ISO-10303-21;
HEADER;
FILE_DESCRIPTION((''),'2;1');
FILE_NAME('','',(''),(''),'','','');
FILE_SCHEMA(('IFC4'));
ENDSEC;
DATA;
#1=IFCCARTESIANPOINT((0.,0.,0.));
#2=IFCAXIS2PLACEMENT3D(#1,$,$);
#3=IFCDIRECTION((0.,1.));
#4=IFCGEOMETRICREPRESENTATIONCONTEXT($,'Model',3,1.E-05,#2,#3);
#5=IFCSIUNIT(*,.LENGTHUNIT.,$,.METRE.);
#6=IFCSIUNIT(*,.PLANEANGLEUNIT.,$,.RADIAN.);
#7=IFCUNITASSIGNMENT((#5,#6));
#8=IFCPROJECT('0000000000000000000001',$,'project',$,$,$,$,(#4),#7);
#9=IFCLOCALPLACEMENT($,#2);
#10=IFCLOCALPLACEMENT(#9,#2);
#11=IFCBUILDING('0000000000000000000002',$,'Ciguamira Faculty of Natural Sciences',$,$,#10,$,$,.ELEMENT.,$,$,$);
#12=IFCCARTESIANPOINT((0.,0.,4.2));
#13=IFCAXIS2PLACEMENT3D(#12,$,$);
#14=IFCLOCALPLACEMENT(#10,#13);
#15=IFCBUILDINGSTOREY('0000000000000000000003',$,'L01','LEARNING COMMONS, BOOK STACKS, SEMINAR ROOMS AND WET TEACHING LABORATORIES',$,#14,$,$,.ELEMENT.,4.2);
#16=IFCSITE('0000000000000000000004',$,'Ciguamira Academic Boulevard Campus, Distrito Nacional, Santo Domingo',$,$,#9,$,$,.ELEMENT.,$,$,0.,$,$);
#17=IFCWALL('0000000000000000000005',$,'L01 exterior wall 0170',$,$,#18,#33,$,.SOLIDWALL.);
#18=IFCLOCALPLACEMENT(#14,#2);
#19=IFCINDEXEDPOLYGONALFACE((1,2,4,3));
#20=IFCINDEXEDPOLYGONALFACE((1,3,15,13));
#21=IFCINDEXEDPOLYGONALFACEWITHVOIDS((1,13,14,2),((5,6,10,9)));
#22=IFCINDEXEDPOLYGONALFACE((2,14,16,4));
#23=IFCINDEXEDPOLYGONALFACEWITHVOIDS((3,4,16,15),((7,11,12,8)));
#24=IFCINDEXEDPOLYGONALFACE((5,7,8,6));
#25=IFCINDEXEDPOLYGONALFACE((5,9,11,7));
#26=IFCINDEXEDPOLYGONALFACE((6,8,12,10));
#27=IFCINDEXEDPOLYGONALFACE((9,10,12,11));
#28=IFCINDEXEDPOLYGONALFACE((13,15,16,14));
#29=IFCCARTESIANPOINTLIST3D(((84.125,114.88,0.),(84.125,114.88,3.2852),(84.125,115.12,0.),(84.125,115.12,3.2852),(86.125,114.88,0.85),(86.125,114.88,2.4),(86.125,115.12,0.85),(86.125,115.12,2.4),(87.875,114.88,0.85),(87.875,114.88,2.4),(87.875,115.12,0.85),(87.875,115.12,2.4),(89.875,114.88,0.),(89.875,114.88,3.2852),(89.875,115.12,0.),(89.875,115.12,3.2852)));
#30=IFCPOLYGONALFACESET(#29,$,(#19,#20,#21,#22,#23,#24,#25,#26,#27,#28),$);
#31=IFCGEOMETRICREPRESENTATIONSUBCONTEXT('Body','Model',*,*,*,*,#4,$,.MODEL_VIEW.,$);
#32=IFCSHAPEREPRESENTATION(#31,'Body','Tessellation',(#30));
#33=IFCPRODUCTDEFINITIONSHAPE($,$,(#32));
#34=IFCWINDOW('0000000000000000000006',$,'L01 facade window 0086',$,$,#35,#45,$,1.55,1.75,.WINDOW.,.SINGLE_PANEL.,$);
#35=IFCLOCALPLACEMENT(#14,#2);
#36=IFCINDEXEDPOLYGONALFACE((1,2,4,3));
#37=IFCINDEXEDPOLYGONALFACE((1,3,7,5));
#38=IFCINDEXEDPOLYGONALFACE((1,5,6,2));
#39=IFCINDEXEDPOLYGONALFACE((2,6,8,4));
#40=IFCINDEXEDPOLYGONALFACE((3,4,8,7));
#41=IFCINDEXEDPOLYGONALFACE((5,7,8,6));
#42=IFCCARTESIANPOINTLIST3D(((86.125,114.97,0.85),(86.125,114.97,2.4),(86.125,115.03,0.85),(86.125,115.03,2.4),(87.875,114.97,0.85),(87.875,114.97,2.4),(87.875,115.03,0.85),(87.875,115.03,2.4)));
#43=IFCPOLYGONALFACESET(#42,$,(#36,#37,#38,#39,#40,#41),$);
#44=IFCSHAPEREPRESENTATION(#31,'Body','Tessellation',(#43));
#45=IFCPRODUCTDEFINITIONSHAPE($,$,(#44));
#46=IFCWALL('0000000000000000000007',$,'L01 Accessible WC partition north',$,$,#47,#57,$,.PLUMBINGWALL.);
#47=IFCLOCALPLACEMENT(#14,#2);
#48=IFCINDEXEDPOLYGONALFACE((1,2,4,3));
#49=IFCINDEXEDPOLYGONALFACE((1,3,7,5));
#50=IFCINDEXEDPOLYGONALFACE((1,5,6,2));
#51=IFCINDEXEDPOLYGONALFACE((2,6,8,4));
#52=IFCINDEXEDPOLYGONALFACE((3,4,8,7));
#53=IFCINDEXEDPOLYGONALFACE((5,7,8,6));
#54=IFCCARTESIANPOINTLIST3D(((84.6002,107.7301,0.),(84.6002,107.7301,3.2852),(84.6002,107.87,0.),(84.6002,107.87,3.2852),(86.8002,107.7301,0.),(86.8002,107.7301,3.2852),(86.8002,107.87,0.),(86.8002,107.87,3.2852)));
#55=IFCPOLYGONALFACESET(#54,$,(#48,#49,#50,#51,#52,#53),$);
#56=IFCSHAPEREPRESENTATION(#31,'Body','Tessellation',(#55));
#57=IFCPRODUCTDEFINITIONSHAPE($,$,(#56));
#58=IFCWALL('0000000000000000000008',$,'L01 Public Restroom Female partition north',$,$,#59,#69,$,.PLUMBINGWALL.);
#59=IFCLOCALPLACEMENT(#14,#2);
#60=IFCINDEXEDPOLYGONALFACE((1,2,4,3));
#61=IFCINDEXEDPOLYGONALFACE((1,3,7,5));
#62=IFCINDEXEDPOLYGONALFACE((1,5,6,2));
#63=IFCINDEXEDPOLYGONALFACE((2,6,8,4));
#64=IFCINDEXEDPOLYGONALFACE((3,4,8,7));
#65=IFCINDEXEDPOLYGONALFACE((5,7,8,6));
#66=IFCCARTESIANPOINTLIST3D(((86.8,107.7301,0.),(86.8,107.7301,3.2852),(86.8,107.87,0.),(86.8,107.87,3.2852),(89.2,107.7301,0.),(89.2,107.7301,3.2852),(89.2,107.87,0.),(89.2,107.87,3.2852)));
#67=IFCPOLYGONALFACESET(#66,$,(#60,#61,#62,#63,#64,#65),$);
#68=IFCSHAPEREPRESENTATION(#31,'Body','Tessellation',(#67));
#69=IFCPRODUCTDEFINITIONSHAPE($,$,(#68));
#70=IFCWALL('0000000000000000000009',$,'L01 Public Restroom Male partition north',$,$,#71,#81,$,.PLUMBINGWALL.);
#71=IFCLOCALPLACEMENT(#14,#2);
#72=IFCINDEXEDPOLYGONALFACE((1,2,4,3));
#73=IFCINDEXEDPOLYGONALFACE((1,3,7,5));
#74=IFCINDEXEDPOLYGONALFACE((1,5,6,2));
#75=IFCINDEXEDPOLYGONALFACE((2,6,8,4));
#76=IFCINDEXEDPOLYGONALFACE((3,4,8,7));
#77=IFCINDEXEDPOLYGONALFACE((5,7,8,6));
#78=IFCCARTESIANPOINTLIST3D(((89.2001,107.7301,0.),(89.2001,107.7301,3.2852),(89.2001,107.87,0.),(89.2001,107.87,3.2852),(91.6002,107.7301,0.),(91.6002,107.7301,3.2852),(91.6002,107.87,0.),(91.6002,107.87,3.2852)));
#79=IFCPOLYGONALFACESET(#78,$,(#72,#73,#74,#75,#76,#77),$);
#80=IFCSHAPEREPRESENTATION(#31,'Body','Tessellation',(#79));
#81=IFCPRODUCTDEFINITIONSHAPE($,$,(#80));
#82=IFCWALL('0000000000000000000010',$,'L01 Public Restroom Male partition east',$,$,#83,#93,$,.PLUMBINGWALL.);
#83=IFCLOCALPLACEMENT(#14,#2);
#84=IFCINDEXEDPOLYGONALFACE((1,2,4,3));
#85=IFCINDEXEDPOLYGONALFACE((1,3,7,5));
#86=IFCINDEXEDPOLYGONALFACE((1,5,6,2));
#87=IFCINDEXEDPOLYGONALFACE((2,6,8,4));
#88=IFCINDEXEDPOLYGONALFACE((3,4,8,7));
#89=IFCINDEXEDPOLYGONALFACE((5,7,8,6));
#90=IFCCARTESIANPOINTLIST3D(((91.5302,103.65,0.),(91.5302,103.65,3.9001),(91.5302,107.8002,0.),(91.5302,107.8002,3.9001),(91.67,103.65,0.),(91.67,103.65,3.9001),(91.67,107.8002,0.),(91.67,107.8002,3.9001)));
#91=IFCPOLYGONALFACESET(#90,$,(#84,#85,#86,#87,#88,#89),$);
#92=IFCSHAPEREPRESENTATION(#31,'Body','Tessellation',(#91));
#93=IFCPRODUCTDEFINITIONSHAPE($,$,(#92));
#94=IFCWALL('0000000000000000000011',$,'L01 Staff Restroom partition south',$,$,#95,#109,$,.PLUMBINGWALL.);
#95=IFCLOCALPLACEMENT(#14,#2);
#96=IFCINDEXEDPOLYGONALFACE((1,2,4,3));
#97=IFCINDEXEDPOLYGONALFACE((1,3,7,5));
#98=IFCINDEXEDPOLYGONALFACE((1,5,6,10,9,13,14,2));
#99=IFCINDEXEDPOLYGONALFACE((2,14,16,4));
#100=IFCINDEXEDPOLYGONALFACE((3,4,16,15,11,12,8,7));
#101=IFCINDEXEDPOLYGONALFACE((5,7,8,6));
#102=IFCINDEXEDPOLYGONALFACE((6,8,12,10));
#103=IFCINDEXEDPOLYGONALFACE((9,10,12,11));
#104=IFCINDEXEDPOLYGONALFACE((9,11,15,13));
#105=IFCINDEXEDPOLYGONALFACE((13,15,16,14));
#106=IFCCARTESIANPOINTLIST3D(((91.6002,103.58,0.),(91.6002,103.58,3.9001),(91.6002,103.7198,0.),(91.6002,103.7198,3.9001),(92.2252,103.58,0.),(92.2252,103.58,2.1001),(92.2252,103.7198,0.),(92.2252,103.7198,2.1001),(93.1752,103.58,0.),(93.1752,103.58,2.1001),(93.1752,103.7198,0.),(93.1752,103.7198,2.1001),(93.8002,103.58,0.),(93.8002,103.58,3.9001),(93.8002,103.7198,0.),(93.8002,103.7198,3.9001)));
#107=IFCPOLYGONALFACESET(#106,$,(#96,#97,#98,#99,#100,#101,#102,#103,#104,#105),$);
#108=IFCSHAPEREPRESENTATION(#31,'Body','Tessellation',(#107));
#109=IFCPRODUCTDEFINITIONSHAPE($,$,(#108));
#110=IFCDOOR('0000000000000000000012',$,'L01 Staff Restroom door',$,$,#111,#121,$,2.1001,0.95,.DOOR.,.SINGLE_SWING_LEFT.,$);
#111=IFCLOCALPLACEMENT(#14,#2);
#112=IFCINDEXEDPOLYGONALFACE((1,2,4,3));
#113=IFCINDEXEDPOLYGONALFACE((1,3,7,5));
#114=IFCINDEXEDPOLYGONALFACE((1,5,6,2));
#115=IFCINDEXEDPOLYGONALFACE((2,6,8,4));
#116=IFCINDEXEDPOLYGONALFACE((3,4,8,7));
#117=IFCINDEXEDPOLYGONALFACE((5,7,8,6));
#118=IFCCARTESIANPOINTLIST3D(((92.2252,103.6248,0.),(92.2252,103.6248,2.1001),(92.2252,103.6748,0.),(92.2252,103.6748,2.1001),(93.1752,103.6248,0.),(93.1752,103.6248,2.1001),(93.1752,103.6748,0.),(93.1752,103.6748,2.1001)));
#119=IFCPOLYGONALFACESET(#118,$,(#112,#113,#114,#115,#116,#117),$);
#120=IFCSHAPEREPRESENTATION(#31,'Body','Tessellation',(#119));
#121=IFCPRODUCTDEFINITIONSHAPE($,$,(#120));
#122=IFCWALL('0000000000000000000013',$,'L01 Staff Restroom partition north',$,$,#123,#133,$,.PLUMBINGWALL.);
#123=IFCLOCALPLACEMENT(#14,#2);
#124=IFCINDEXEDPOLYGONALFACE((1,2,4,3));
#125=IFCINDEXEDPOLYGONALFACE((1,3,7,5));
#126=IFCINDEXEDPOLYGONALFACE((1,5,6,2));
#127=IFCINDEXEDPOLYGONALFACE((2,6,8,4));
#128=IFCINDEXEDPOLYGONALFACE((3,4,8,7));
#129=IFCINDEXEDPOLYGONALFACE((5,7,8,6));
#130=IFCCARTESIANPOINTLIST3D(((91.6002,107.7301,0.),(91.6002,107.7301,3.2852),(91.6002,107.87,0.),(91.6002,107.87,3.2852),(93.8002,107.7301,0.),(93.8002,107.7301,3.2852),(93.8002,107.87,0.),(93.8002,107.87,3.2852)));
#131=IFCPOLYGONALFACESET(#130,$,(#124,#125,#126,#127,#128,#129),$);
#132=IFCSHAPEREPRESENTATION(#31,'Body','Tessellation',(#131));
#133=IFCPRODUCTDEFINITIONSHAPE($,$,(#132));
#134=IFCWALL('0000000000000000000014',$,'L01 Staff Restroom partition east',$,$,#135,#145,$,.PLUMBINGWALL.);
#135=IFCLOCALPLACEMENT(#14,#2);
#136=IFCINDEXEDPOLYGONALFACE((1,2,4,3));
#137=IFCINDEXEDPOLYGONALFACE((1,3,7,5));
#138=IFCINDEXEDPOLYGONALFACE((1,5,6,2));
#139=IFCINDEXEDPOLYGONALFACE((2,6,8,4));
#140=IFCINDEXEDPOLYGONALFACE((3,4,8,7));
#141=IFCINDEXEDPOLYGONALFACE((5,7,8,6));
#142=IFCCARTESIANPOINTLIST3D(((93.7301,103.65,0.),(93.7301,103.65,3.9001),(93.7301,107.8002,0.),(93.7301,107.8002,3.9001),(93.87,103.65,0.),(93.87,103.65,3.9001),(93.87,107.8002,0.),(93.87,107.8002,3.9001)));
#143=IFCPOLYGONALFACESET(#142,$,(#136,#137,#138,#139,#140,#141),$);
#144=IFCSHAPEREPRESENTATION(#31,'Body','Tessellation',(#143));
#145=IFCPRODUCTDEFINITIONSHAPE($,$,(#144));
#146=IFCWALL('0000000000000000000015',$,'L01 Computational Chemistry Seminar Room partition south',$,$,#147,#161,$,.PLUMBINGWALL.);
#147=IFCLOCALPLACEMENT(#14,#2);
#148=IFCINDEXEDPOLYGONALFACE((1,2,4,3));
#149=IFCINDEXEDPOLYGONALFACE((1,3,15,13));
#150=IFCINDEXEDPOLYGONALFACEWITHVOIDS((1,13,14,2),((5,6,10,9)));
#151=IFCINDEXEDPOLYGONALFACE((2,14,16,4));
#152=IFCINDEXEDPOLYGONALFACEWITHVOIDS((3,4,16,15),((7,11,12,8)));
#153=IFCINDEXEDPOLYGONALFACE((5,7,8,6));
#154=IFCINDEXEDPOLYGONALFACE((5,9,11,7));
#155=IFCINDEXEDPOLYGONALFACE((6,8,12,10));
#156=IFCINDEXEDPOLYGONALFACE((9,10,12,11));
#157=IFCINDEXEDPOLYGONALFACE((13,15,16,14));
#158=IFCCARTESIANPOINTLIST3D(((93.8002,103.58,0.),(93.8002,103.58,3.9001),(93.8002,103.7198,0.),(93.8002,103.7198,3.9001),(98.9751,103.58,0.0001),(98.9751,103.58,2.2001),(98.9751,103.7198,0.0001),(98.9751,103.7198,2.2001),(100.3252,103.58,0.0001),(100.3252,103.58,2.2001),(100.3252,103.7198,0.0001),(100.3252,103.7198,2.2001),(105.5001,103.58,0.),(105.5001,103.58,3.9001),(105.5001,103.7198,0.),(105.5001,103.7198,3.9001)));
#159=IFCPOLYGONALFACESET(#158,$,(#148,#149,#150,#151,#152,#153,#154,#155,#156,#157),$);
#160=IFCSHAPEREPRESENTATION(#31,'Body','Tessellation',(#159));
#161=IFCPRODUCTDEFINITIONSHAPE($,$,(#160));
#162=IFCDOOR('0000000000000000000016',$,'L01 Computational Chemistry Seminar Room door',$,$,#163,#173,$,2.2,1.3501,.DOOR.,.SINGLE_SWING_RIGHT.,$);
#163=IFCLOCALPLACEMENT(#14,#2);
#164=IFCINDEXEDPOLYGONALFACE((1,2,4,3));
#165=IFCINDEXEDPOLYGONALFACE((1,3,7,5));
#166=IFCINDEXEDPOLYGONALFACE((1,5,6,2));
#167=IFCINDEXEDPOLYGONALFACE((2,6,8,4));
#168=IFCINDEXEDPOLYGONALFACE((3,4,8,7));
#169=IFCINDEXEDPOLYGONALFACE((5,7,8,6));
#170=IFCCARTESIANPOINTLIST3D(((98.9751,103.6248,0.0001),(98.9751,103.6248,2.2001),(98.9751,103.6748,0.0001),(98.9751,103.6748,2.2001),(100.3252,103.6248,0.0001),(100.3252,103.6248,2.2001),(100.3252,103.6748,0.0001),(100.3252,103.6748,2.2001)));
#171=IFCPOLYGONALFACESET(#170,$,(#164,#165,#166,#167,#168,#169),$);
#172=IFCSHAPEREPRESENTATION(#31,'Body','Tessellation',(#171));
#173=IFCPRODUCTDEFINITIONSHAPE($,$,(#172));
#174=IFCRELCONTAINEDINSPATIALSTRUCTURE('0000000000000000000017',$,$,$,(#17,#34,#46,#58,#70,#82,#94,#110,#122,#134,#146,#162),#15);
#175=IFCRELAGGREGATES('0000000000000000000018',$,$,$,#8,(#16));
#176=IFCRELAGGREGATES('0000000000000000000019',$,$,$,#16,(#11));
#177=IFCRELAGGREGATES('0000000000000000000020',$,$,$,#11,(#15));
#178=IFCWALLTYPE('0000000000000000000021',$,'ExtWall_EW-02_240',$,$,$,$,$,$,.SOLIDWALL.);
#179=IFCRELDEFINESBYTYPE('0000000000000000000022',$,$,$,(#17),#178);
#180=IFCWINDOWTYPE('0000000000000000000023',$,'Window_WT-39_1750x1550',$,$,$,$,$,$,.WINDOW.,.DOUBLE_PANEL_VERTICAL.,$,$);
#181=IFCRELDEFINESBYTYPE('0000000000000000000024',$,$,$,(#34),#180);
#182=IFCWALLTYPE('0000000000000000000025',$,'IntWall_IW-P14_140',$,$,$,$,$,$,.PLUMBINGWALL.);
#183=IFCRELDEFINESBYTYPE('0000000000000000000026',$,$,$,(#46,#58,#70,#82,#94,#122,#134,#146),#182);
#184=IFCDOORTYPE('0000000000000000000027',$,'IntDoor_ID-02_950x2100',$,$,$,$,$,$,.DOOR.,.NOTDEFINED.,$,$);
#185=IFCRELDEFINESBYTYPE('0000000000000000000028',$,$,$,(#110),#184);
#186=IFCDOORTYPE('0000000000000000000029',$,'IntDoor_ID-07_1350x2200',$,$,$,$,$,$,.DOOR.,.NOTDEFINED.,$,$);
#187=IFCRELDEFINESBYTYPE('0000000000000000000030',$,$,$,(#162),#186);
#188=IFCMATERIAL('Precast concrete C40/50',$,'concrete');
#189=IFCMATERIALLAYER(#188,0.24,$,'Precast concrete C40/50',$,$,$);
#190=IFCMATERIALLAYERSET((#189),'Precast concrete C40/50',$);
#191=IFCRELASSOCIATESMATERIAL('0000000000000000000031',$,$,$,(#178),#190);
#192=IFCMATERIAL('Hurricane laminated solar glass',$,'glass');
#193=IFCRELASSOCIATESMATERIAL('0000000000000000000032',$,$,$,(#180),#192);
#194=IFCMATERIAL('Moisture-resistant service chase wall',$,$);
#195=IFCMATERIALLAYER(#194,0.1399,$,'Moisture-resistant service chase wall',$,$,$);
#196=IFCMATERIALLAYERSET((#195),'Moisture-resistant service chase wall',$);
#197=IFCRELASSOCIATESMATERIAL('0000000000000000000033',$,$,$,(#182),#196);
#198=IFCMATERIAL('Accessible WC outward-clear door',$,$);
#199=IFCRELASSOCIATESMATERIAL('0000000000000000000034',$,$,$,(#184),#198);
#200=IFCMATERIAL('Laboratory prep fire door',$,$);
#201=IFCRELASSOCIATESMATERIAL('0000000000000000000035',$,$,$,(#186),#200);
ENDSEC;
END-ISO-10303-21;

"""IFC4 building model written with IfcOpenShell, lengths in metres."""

from ifc_helpers import new_model, si_unit, direction, frame, frame_2d, origin, place, context, subcontext, project, spatial, rectangle, extrude, material, layer, layer_set, type_object, element, fill, save


model = new_model("IFC4")

# Units and contexts
model_context = context("Model", 3, precision=1e-05, world=origin(), true_north=direction((0.0, 1.0)))
body_context = subcontext(model_context, "Body", "Model", "MODEL_VIEW")
ifc_project = project(units=[si_unit("LENGTHUNIT", "METRE"), si_unit("PLANEANGLEUNIT", "RADIAN")], contexts=[model_context])

# Site, building, storey
site_placement = place(None, origin())
site = spatial("IfcSite", under=ifc_project, at=site_placement, Name="Ciguamira Academic Boulevard Campus, Distrito Nacional, Santo Domingo", CompositionType="ELEMENT", RefElevation=0.0)
building_placement = place(site_placement, origin())
building = spatial("IfcBuilding", under=site, at=building_placement, Name="Ciguamira Faculty of Natural Sciences", CompositionType="ELEMENT")
storey_placement = place(building_placement, frame((0.0, 0.0, 4.2)))
storey = spatial("IfcBuildingStorey", under=building, at=storey_placement, Name="L01", Description="LEARNING COMMONS, BOOK STACKS, SEMINAR ROOMS AND WET TEACHING LABORATORIES", CompositionType="ELEMENT", Elevation=4.2)

# Wall, opening, window
ifc_material_1 = material(Name="Precast concrete C40/50", Category="concrete")
ifc_layer_1 = layer(ifc_material_1, 0.24, Name="Precast concrete C40/50")
ifc_layer_set_1 = layer_set([ifc_layer_1], Name="Precast concrete C40/50")
wall_type_1 = type_object("IfcWallType", Name="ExtWall_EW-02_240", PredefinedType="SOLIDWALL", material=ifc_layer_set_1)
wall_1_placement = place(storey_placement, frame((84.125, 115.0, 0.0), z_axis=(0.0, 0.0, 1.0), x_axis=(1.0, 0.0, 0.0)))
wall_1 = element("IfcWall", 1, at=wall_1_placement, inside=storey, type_object=wall_type_1, Name="L01 exterior wall 0170", PredefinedType="SOLIDWALL", context=body_context, shape_type="SweptSolid", body=[
    extrude(rectangle(XDim=5.75, YDim=0.24, at=frame_2d((2.875, 0.0))), origin(), (0.0, 0.0, 1.0), 3.2852),
])
opening_1_placement = place(wall_1_placement, frame((2.0, 0.0, 0.8501)))
opening_1 = element("IfcOpeningElement", 2, at=opening_1_placement, cuts=wall_1, PredefinedType="OPENING", context=body_context, shape_type="SweptSolid", body=[
    extrude(rectangle(XDim=1.75, YDim=1.55, at=frame_2d((0.875, 0.7749))), frame((0.0, 0.1299, 0.0), z_axis=(0.0, -1.0, 0.0), x_axis=(1.0, 0.0, 0.0)), (0.0, 0.0, 1.0), 0.26),
])
ifc_material_2 = material(Name="Hurricane laminated solar glass", Category="glass")
window_type = type_object("IfcWindowType", Name="Window_WT-39_1750x1550", PartitioningType="DOUBLE_PANEL_VERTICAL", PredefinedType="WINDOW", material=ifc_material_2)
window_placement = place(opening_1_placement, origin())
window = element("IfcWindow", 3, at=window_placement, inside=storey, type_object=window_type, Name="L01 facade window 0086", OverallHeight=1.55, OverallWidth=1.75, PartitioningType="SINGLE_PANEL", PredefinedType="WINDOW", context=body_context, shape_type="SweptSolid", body=[
    extrude(rectangle(XDim=1.75, YDim=1.55, at=frame_2d((0.875, 0.7749))), frame((0.0, 0.03, 0.0), z_axis=(0.0, -1.0, 0.0), x_axis=(1.0, 0.0, 0.0)), (0.0, 0.0, 1.0), 0.0601),
])
fill(opening_1, window)

# Walls
ifc_material_3 = material(Name="Moisture-resistant service chase wall")
ifc_layer_2 = layer(ifc_material_3, 0.1399, Name="Moisture-resistant service chase wall")
ifc_layer_set_2 = layer_set([ifc_layer_2], Name="Moisture-resistant service chase wall")
wall_type_2 = type_object("IfcWallType", Name="IntWall_IW-P14_140", PredefinedType="PLUMBINGWALL", material=ifc_layer_set_2)
wall_2_placement = place(storey_placement, frame((84.6001, 107.8, 0.0), z_axis=(0.0, 0.0, 1.0), x_axis=(1.0, 0.0, 0.0)))
element("IfcWall", 4, at=wall_2_placement, inside=storey, type_object=wall_type_2, Name="L01 Accessible WC partition north", PredefinedType="PLUMBINGWALL", context=body_context, shape_type="SweptSolid", body=[
    extrude(rectangle(XDim=2.2, YDim=0.1399, at=frame_2d((1.1001, 0.0))), origin(), (0.0, 0.0, 1.0), 3.2852),
])
wall_3_placement = place(storey_placement, frame((86.8, 107.8, 0.0), z_axis=(0.0, 0.0, 1.0), x_axis=(1.0, 0.0, 0.0)))
element("IfcWall", 5, at=wall_3_placement, inside=storey, type_object=wall_type_2, Name="L01 Public Restroom Female partition north", PredefinedType="PLUMBINGWALL", context=body_context, shape_type="SweptSolid", body=[
    extrude(rectangle(XDim=2.3999, YDim=0.1399, at=frame_2d((1.2, 0.0))), origin(), (0.0, 0.0, 1.0), 3.2852),
])
wall_4_placement = place(storey_placement, frame((89.2, 107.8, 0.0), z_axis=(0.0, 0.0, 1.0), x_axis=(1.0, 0.0, 0.0)))
element("IfcWall", 6, at=wall_4_placement, inside=storey, type_object=wall_type_2, Name="L01 Public Restroom Male partition north", PredefinedType="PLUMBINGWALL", context=body_context, shape_type="SweptSolid", body=[
    extrude(rectangle(XDim=2.4001, YDim=0.1399, at=frame_2d((1.2002, 0.0))), origin(), (0.0, 0.0, 1.0), 3.2852),
])
wall_5_placement = place(storey_placement, frame((91.6001, 103.6499, 0.0), z_axis=(0.0, 0.0, 1.0), x_axis=(0.0, 1.0, 0.0)))
element("IfcWall", 7, at=wall_5_placement, inside=storey, type_object=wall_type_2, Name="L01 Public Restroom Male partition east", PredefinedType="PLUMBINGWALL", context=body_context, shape_type="SweptSolid", body=[
    extrude(rectangle(XDim=4.1501, YDim=0.1399, at=frame_2d((2.0752, 0.0))), origin(), (0.0, 0.0, 1.0), 3.9001),
])

# Wall, opening, door
wall_6_placement = place(storey_placement, frame((91.6001, 103.6499, 0.0), z_axis=(0.0, 0.0, 1.0), x_axis=(1.0, 0.0, 0.0)))
wall_6 = element("IfcWall", 8, at=wall_6_placement, inside=storey, type_object=wall_type_2, Name="L01 Staff Restroom partition south", PredefinedType="PLUMBINGWALL", context=body_context, shape_type="SweptSolid", body=[
    extrude(rectangle(XDim=2.2, YDim=0.1399, at=frame_2d((1.1001, 0.0))), origin(), (0.0, 0.0, 1.0), 3.9001),
])
opening_2_placement = place(wall_6_placement, frame((0.625, 0.0, 0.0)))
opening_2 = element("IfcOpeningElement", 9, at=opening_2_placement, cuts=wall_6, PredefinedType="OPENING", context=body_context, shape_type="SweptSolid", body=[
    extrude(rectangle(XDim=0.95, YDim=2.1001, at=frame_2d((0.4751, 1.05))), frame((0.0, 0.0798, 0.0), z_axis=(0.0, -1.0, 0.0), x_axis=(1.0, 0.0, 0.0)), (0.0, 0.0, 1.0), 0.1599),
])
ifc_material_4 = material(Name="Accessible WC outward-clear door")
door_type_1 = type_object("IfcDoorType", Name="IntDoor_ID-02_950x2100", OperationType="NOTDEFINED", PredefinedType="DOOR", material=ifc_material_4)
door_1_placement = place(opening_2_placement, origin())
door_1 = element("IfcDoor", 10, at=door_1_placement, inside=storey, type_object=door_type_1, Name="L01 Staff Restroom door", OperationType="SINGLE_SWING_LEFT", OverallHeight=2.1001, OverallWidth=0.95, PredefinedType="DOOR", context=body_context, shape_type="SweptSolid", body=[
    extrude(rectangle(XDim=0.95, YDim=2.1001, at=frame_2d((0.4751, 1.05))), frame((0.0, 0.0249, 0.0), z_axis=(0.0, -1.0, 0.0), x_axis=(1.0, 0.0, 0.0)), (0.0, 0.0, 1.0), 0.05),
])
fill(opening_2, door_1)

# Walls
wall_7_placement = place(storey_placement, frame((91.6001, 107.8, 0.0), z_axis=(0.0, 0.0, 1.0), x_axis=(1.0, 0.0, 0.0)))
element("IfcWall", 11, at=wall_7_placement, inside=storey, type_object=wall_type_2, Name="L01 Staff Restroom partition north", PredefinedType="PLUMBINGWALL", context=body_context, shape_type="SweptSolid", body=[
    extrude(rectangle(XDim=2.2, YDim=0.1399, at=frame_2d((1.1001, 0.0))), origin(), (0.0, 0.0, 1.0), 3.2852),
])
wall_8_placement = place(storey_placement, frame((93.8, 103.6499, 0.0), z_axis=(0.0, 0.0, 1.0), x_axis=(0.0, 1.0, 0.0)))
element("IfcWall", 12, at=wall_8_placement, inside=storey, type_object=wall_type_2, Name="L01 Staff Restroom partition east", PredefinedType="PLUMBINGWALL", context=body_context, shape_type="SweptSolid", body=[
    extrude(rectangle(XDim=4.1501, YDim=0.1399, at=frame_2d((2.0752, 0.0))), origin(), (0.0, 0.0, 1.0), 3.9001),
])

# Wall, opening, door
wall_9_placement = place(storey_placement, frame((93.8, 103.6499, 0.0), z_axis=(0.0, 0.0, 1.0), x_axis=(1.0, 0.0, 0.0)))
wall_9 = element("IfcWall", 13, at=wall_9_placement, inside=storey, type_object=wall_type_2, Name="L01 Computational Chemistry Seminar Room partition south", PredefinedType="PLUMBINGWALL", context=body_context, shape_type="SweptSolid", body=[
    extrude(rectangle(XDim=11.7, YDim=0.1399, at=frame_2d((5.8501, 0.0))), origin(), (0.0, 0.0, 1.0), 3.9001),
])
opening_3_placement = place(wall_9_placement, frame((5.175, 0.0, 0.0)))
opening_3 = element("IfcOpeningElement", 14, at=opening_3_placement, cuts=wall_9, PredefinedType="OPENING", context=body_context, shape_type="SweptSolid", body=[
    extrude(rectangle(XDim=1.3501, YDim=2.2, at=frame_2d((0.675, 1.1001))), frame((0.0, 0.0798, 0.0), z_axis=(0.0, -1.0, 0.0), x_axis=(1.0, 0.0, 0.0)), (0.0, 0.0, 1.0), 0.1599),
])
ifc_material_5 = material(Name="Laboratory prep fire door")
door_type_2 = type_object("IfcDoorType", Name="IntDoor_ID-07_1350x2200", OperationType="NOTDEFINED", PredefinedType="DOOR", material=ifc_material_5)
door_2_placement = place(opening_3_placement, origin())
door_2 = element("IfcDoor", 15, at=door_2_placement, inside=storey, type_object=door_type_2, Name="L01 Computational Chemistry Seminar Room door", OperationType="SINGLE_SWING_RIGHT", OverallHeight=2.2, OverallWidth=1.3501, PredefinedType="DOOR", context=body_context, shape_type="SweptSolid", body=[
    extrude(rectangle(XDim=1.3501, YDim=2.2, at=frame_2d((0.675, 1.1001))), frame((0.0, 0.0249, 0.0), z_axis=(0.0, -1.0, 0.0), x_axis=(1.0, 0.0, 0.0)), (0.0, 0.0, 1.0), 0.05),
])
fill(opening_3, door_2)

save(model, "model.ifc")
